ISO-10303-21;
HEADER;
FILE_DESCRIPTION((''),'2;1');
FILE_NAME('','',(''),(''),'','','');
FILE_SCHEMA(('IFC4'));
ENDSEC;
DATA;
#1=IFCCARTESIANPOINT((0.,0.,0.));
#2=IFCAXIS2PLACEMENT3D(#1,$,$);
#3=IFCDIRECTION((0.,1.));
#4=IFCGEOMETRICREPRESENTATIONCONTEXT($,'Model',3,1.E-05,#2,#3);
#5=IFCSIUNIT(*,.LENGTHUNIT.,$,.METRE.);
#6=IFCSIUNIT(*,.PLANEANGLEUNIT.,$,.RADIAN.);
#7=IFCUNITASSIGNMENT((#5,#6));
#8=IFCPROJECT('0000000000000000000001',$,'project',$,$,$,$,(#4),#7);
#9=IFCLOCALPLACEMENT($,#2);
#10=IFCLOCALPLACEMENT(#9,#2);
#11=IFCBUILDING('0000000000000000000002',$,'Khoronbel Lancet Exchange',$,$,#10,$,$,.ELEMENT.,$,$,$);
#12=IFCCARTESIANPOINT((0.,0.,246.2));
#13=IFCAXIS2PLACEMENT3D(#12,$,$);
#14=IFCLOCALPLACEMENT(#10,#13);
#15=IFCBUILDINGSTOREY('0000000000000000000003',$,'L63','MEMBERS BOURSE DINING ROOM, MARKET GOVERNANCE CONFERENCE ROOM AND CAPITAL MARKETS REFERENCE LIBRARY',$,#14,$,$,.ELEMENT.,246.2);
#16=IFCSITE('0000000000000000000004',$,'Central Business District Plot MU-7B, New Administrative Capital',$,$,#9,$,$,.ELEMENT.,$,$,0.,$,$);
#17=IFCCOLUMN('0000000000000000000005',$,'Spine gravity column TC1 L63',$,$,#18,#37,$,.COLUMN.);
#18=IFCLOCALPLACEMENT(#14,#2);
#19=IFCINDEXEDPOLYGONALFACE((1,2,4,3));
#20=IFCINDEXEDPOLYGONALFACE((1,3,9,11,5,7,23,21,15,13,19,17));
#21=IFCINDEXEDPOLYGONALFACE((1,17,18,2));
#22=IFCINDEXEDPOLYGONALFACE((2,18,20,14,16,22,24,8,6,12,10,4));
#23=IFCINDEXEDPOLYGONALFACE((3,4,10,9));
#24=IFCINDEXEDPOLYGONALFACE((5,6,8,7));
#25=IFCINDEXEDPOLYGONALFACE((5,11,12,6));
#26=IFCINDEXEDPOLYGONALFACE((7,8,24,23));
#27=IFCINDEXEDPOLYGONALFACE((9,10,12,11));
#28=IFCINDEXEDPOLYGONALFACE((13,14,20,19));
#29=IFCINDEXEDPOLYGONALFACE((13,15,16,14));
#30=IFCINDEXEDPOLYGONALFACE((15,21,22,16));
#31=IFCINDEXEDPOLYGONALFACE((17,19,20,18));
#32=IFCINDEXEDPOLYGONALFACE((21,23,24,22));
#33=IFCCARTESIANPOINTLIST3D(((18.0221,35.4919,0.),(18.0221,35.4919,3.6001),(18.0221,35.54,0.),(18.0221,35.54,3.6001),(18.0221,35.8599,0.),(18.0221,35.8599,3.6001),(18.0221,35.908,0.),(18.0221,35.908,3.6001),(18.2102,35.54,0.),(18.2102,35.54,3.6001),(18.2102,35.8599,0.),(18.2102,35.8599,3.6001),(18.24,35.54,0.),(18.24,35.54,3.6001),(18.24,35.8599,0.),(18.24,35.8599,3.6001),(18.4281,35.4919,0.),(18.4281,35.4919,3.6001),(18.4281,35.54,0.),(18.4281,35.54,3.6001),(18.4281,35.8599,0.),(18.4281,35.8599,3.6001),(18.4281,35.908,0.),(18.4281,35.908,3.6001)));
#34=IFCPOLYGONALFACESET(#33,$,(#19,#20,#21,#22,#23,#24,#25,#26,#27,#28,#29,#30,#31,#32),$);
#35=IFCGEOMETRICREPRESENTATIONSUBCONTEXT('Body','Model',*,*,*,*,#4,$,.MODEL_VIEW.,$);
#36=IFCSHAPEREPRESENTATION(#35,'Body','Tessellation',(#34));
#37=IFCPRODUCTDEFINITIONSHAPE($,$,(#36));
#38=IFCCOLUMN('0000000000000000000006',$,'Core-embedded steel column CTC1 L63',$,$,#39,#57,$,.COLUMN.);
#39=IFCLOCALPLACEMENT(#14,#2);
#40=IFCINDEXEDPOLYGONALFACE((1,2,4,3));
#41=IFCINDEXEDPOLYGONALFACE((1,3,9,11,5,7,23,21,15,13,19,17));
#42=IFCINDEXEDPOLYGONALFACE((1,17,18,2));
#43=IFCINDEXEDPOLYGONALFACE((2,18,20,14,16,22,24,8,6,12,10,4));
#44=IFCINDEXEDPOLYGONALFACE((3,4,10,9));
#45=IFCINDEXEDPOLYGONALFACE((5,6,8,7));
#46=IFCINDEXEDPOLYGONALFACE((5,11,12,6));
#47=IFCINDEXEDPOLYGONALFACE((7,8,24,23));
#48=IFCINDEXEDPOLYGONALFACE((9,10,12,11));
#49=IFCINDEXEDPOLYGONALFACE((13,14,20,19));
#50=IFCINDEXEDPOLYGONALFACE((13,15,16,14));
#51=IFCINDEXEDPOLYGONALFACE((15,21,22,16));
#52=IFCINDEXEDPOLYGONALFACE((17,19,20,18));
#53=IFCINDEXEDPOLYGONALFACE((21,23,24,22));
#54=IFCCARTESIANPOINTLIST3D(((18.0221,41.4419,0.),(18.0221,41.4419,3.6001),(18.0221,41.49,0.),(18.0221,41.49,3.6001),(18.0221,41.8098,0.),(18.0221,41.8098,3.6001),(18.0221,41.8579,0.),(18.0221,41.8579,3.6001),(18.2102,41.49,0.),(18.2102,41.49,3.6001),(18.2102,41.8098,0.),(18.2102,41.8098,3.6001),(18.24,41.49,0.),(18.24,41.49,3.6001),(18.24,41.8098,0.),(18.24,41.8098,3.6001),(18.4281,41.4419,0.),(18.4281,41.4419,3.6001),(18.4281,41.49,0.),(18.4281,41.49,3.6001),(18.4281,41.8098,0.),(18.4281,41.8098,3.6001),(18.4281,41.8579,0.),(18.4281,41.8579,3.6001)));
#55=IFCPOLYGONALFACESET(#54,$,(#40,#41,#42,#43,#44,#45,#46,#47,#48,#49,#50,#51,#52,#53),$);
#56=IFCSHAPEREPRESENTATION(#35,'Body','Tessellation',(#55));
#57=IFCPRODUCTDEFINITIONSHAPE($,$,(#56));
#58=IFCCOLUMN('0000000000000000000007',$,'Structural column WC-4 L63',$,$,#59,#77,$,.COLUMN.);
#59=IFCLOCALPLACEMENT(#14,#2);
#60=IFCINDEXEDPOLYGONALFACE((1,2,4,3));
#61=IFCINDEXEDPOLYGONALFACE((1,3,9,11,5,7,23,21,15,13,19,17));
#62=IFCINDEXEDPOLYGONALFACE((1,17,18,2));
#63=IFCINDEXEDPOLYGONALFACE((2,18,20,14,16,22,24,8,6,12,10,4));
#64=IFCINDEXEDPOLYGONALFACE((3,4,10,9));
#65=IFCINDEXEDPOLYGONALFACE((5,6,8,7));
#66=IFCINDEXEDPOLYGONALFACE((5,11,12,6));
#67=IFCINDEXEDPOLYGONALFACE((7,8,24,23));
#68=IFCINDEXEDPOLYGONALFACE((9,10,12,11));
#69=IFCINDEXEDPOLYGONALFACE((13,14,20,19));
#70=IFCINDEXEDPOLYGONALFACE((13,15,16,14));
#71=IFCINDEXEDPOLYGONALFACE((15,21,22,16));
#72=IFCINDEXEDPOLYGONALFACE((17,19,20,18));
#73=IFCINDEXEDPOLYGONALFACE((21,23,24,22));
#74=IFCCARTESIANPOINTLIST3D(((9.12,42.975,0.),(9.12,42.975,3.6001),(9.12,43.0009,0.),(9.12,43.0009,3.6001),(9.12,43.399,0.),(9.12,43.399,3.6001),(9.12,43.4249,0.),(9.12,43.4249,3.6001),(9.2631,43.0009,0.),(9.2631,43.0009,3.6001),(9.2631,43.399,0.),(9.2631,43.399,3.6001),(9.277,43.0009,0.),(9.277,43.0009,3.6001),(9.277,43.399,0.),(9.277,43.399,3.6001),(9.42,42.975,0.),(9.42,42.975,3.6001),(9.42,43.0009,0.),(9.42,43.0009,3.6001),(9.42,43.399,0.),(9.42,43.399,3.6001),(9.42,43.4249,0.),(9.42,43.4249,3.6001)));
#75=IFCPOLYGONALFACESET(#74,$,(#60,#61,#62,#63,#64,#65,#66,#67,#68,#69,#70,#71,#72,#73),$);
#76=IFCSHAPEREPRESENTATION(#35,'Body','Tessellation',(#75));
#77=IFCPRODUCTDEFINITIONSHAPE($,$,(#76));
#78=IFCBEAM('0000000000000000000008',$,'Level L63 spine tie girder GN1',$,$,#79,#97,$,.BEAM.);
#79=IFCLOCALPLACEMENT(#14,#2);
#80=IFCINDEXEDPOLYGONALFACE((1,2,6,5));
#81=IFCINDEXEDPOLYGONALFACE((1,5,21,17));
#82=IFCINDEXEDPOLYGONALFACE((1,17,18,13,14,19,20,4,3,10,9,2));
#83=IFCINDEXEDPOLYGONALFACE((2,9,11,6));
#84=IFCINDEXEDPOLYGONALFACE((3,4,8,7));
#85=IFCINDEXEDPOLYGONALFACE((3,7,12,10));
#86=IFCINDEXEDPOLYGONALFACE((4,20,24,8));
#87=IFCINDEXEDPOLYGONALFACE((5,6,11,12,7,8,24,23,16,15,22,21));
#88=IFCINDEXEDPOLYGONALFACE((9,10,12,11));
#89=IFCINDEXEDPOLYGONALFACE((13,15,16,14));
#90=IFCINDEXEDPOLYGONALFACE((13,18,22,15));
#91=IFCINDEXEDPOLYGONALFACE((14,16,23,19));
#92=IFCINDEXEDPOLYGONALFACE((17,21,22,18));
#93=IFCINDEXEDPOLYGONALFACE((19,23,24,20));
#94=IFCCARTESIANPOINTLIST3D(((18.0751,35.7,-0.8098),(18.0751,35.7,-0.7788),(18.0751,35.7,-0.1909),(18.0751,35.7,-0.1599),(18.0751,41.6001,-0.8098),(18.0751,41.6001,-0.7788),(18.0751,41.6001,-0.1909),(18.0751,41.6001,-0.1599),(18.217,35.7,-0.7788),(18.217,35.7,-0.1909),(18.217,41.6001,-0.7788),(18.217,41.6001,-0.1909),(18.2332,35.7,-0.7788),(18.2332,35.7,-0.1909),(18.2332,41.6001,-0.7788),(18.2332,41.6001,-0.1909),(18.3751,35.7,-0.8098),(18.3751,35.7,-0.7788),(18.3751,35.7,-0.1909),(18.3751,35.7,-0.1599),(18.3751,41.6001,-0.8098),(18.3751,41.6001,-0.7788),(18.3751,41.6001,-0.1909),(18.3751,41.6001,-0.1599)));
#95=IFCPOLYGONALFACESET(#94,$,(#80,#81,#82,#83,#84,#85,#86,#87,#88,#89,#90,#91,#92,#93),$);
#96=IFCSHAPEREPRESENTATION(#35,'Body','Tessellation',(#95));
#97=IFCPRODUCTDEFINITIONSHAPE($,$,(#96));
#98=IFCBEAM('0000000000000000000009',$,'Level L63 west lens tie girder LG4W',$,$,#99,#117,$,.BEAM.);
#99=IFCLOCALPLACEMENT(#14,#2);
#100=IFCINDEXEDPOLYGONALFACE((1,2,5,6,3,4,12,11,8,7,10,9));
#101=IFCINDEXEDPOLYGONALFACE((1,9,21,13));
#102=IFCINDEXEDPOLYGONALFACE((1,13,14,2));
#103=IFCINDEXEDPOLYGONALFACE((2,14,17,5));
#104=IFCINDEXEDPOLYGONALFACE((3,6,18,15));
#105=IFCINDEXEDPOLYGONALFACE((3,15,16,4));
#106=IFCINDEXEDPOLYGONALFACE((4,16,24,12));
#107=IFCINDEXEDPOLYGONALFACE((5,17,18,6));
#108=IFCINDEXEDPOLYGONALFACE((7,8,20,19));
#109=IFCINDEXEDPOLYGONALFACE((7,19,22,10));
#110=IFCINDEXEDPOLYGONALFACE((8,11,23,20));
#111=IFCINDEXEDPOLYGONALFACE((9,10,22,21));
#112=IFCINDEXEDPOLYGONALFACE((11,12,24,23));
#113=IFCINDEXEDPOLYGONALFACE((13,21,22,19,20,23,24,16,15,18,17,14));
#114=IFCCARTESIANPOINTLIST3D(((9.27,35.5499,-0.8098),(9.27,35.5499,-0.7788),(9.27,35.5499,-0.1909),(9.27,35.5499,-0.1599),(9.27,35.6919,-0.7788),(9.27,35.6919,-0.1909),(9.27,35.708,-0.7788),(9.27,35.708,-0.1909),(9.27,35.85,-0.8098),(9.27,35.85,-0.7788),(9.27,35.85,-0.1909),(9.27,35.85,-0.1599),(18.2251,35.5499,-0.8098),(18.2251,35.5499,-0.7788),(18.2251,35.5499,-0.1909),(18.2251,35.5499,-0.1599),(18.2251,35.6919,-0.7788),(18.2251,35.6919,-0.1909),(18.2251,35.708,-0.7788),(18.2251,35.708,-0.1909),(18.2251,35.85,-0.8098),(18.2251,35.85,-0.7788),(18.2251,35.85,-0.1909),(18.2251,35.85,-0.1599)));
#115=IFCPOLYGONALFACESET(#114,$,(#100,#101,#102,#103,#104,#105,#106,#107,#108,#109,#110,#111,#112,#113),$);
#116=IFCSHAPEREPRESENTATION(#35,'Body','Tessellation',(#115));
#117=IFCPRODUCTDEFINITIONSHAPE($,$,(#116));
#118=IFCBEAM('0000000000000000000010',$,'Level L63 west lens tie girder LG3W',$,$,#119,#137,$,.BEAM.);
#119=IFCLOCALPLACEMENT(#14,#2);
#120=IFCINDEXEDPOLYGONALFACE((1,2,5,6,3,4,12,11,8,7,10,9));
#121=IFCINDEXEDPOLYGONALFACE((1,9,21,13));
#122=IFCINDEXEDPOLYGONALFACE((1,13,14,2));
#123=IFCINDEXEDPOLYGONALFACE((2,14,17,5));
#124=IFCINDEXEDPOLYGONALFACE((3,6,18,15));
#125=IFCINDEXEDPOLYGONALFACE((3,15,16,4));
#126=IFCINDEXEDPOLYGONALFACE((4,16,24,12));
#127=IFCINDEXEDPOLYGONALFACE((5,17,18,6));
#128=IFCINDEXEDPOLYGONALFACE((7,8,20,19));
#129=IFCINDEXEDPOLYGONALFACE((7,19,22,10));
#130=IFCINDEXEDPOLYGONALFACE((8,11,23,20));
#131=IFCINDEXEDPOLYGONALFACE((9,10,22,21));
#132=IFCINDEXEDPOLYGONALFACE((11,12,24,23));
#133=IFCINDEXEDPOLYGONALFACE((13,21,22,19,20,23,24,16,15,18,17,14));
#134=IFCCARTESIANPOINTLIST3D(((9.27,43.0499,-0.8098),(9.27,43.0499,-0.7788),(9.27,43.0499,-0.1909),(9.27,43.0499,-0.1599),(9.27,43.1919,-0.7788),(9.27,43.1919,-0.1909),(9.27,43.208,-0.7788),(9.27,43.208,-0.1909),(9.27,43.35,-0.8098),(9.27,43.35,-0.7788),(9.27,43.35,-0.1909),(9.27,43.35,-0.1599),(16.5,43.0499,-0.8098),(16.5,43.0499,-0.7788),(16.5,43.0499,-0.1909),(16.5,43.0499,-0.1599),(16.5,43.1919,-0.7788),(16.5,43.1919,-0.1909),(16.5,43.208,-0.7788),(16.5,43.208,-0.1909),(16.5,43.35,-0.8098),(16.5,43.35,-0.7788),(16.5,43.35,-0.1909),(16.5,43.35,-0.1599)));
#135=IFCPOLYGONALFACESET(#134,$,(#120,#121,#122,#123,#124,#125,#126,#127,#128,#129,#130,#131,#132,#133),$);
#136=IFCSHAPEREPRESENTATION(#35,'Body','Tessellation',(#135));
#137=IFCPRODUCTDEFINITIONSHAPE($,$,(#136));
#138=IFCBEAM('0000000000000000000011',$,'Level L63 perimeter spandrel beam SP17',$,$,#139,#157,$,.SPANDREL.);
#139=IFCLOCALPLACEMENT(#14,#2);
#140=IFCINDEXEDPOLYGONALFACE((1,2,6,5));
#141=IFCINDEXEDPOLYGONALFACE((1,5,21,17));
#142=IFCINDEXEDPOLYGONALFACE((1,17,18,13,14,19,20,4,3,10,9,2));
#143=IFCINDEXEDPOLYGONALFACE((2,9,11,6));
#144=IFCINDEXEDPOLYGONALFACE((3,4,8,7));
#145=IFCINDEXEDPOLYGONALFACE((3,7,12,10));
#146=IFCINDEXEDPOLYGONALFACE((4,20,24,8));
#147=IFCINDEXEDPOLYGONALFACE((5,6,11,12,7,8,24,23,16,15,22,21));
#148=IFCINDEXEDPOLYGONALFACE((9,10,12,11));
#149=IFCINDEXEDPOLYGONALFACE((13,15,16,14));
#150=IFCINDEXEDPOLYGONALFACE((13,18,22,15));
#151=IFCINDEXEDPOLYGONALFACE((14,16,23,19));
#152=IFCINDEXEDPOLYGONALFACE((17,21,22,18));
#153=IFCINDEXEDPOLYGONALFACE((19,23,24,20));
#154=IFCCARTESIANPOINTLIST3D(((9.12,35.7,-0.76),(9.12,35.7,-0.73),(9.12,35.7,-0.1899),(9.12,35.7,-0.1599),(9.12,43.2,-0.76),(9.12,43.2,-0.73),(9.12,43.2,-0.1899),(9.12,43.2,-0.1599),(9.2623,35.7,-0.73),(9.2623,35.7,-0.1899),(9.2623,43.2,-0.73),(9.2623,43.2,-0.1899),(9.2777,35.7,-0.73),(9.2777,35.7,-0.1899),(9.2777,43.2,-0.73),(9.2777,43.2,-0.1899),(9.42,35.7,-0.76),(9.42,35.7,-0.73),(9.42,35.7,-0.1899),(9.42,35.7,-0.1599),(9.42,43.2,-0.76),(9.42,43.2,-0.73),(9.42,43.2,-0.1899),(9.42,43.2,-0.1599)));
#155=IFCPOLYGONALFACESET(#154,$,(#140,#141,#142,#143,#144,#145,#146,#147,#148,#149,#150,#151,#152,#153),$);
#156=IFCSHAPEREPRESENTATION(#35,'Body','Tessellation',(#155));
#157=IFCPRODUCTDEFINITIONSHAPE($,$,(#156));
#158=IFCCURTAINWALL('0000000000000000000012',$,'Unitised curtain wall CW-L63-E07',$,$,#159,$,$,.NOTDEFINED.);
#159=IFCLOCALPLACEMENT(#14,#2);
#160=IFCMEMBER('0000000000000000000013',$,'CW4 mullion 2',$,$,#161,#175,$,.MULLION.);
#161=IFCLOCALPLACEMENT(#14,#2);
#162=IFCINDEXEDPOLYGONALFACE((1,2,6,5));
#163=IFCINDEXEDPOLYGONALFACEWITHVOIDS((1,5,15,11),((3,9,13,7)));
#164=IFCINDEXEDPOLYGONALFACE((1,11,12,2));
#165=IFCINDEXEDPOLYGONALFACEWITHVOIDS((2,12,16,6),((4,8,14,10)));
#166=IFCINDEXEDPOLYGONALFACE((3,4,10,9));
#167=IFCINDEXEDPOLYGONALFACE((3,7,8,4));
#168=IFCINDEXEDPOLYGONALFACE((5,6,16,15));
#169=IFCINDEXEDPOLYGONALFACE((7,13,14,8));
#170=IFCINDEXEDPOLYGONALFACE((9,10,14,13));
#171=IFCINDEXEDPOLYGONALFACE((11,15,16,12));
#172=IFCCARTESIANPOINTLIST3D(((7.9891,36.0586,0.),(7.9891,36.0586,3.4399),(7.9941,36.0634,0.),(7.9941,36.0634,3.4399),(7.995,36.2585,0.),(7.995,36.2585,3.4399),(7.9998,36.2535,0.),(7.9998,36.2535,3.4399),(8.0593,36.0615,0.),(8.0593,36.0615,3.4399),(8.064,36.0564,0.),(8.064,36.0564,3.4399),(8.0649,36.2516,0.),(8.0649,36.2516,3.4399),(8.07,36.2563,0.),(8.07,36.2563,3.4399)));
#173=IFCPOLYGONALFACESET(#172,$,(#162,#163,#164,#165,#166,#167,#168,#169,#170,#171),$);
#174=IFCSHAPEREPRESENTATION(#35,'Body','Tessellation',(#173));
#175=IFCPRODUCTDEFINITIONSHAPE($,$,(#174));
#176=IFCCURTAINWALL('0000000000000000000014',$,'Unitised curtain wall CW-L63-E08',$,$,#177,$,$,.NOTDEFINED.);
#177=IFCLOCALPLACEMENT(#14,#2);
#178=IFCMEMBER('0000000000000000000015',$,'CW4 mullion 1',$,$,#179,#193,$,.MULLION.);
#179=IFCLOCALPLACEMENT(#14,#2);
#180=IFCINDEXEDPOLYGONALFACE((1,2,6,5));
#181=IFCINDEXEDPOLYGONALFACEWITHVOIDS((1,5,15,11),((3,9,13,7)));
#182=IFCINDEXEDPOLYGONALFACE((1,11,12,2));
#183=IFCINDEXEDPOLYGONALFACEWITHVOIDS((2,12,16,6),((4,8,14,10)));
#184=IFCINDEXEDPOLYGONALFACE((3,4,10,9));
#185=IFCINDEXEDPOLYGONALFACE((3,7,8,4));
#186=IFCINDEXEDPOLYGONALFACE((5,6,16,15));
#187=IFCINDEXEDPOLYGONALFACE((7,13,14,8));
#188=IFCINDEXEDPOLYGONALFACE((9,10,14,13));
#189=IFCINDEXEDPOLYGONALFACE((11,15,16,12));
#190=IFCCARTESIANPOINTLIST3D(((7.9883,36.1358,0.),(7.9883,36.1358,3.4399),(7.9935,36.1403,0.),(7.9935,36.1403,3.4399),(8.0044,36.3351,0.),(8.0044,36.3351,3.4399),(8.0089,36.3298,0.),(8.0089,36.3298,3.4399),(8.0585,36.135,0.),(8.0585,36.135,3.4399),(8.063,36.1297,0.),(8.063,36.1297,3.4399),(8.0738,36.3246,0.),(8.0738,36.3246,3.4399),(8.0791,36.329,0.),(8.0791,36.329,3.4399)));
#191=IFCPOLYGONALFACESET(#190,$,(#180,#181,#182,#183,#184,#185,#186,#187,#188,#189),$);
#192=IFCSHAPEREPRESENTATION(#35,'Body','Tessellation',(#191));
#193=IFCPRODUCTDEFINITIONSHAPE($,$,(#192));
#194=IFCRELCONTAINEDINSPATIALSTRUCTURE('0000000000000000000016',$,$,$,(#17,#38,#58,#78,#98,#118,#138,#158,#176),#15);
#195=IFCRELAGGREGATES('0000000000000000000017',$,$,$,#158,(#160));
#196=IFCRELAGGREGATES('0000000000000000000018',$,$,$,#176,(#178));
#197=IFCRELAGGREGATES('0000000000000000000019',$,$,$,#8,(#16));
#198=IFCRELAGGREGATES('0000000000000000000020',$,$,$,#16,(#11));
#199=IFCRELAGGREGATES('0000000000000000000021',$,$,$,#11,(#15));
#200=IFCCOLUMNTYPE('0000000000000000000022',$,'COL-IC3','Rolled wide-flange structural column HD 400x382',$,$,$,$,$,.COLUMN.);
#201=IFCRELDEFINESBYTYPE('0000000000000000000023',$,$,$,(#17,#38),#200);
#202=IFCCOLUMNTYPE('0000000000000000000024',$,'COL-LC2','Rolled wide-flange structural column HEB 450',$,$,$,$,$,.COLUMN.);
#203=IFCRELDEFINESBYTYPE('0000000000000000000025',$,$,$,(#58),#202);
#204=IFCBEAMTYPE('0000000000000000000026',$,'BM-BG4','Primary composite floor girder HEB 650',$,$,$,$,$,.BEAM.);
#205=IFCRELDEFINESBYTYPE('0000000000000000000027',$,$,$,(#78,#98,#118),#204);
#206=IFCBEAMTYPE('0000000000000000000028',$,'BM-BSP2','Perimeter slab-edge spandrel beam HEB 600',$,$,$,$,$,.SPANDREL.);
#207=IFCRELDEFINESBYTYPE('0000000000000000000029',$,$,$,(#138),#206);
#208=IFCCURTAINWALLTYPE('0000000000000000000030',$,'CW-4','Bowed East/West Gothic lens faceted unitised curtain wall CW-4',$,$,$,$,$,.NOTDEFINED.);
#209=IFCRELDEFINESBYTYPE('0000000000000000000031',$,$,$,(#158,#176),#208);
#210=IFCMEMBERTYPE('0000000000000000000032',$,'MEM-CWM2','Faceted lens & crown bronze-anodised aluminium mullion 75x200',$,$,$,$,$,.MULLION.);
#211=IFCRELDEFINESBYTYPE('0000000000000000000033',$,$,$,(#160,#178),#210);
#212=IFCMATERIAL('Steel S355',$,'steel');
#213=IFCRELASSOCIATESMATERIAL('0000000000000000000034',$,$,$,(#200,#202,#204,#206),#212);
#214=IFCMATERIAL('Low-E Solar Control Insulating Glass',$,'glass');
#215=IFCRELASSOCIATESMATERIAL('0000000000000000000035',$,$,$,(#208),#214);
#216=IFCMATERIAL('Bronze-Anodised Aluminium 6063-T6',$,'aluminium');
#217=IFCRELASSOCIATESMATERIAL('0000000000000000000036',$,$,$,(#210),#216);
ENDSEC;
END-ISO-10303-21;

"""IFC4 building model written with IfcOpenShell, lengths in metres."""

from ifc_helpers import new_model, si_unit, direction, frame, origin, origin_2d, place, context, subcontext, project, spatial, hollow_rectangle, i_section, extrude, material, material_profile, profile_set, type_object, element, aggregate, save


model = new_model("IFC4")

# Units and contexts
model_context = context("Model", 3, precision=1e-05, world=origin(), true_north=direction((0.0, 1.0)))
body_context = subcontext(model_context, "Body", "Model", "MODEL_VIEW")
ifc_project = project(units=[si_unit("LENGTHUNIT", "METRE"), si_unit("PLANEANGLEUNIT", "RADIAN")], contexts=[model_context])

# Site, building, storey
site_placement = place(None, origin())
site = spatial("IfcSite", under=ifc_project, at=site_placement, Name="Central Business District Plot MU-7B, New Administrative Capital", CompositionType="ELEMENT", RefElevation=0.0)
building_placement = place(site_placement, origin())
building = spatial("IfcBuilding", under=site, at=building_placement, Name="Khoronbel Lancet Exchange", CompositionType="ELEMENT")
storey_placement = place(building_placement, frame((0.0, 0.0, 246.2)))
storey = spatial("IfcBuildingStorey", under=building, at=storey_placement, Name="L63", Description="MEMBERS BOURSE DINING ROOM, MARKET GOVERNANCE CONFERENCE ROOM AND CAPITAL MARKETS REFERENCE LIBRARY", CompositionType="ELEMENT", Elevation=246.2)

# Columns
ifc_material_1 = material(Name="Steel S355", Category="steel")
ifc_material_profile_1 = material_profile(ifc_material_1, i_section(OverallWidth=0.406, OverallDepth=0.416, WebThickness=0.0298, FlangeThickness=0.0481, at=origin_2d()), Name="HD 400x382")
ifc_profile_set_1 = profile_set([ifc_material_profile_1], Name="Steel S355")
column_type_1 = type_object("IfcColumnType", Name="COL-IC3", Description="Rolled wide-flange structural column HD 400x382", PredefinedType="COLUMN", material=ifc_profile_set_1)
for number, where, z_axis, x_axis, name in (
    (1, (18.2251, 35.7, 0.0), (0.0, 0.0, 1.0), (1.0, 0.0, 0.0), "Spine gravity column TC1 L63"),
    (2, (18.2251, 41.6499, 0.0), (0.0, 0.0, 1.0), (1.0, 0.0, 0.0), "Core-embedded steel column CTC1 L63"),
):
    element("IfcColumn", number, at=place(storey_placement, frame(where, z_axis=z_axis, x_axis=x_axis)), inside=storey, type_object=column_type_1, Name=name, PredefinedType="COLUMN", context=body_context, shape_type="SweptSolid", body=[
        extrude(i_section(OverallWidth=0.406, OverallDepth=0.416, WebThickness=0.0298, FlangeThickness=0.0481, at=origin_2d()), origin(), (0.0, 0.0, 1.0), 3.6001),
    ])
ifc_material_profile_2 = material_profile(ifc_material_1, i_section(OverallWidth=0.3, OverallDepth=0.45, WebThickness=0.0139, FlangeThickness=0.0259, at=origin_2d()), Name="HEB 450")
ifc_profile_set_2 = profile_set([ifc_material_profile_2], Name="Steel S355")
column_type_2 = type_object("IfcColumnType", Name="COL-LC2", Description="Rolled wide-flange structural column HEB 450", PredefinedType="COLUMN", material=ifc_profile_set_2)
column_placement = place(storey_placement, frame((9.27, 43.2, 0.0), z_axis=(0.0, 0.0, 1.0), x_axis=(1.0, 0.0, 0.0)))
element("IfcColumn", 3, at=column_placement, inside=storey, type_object=column_type_2, Name="Structural column WC-4 L63", PredefinedType="COLUMN", context=body_context, shape_type="SweptSolid", body=[
    extrude(i_section(OverallWidth=0.3, OverallDepth=0.45, WebThickness=0.0139, FlangeThickness=0.0259, at=origin_2d()), origin(), (0.0, 0.0, 1.0), 3.6001),
])

# Beams
ifc_material_profile_3 = material_profile(ifc_material_1, i_section(OverallWidth=0.3, OverallDepth=0.6499, WebThickness=0.0161, FlangeThickness=0.031, at=origin_2d()), Name="HEB 650")
ifc_profile_set_3 = profile_set([ifc_material_profile_3], Name="Steel S355")
beam_type_1 = type_object("IfcBeamType", Name="BM-BG4", Description="Primary composite floor girder HEB 650", PredefinedType="BEAM", material=ifc_profile_set_3)
beam_1_placement = place(storey_placement, frame((18.2251, 35.7, -0.4849), z_axis=(0.0, 1.0, 0.0), x_axis=(-1.0, 0.0, 0.0)))
element("IfcBeam", 4, at=beam_1_placement, inside=storey, type_object=beam_type_1, Name="Level L63 spine tie girder GN1", PredefinedType="BEAM", context=body_context, shape_type="SweptSolid", body=[
    extrude(i_section(OverallWidth=0.3, OverallDepth=0.6499, WebThickness=0.0161, FlangeThickness=0.031, at=origin_2d()), origin(), (0.0, 0.0, 1.0), 5.9001),
])
beam_2_placement = place(storey_placement, frame((9.27, 35.7, -0.4849), z_axis=(1.0, 0.0, 0.0), x_axis=(0.0, 1.0, 0.0)))
element("IfcBeam", 5, at=beam_2_placement, inside=storey, type_object=beam_type_1, Name="Level L63 west lens tie girder LG4W", PredefinedType="BEAM", context=body_context, shape_type="SweptSolid", body=[
    extrude(i_section(OverallWidth=0.3, OverallDepth=0.6499, WebThickness=0.0161, FlangeThickness=0.031, at=origin_2d()), origin(), (0.0, 0.0, 1.0), 8.9551),
])
beam_3_placement = place(storey_placement, frame((9.27, 43.2, -0.4849), z_axis=(1.0, 0.0, 0.0), x_axis=(0.0, 1.0, 0.0)))
element("IfcBeam", 6, at=beam_3_placement, inside=storey, type_object=beam_type_1, Name="Level L63 west lens tie girder LG3W", PredefinedType="BEAM", context=body_context, shape_type="SweptSolid", body=[
    extrude(i_section(OverallWidth=0.3, OverallDepth=0.6499, WebThickness=0.0161, FlangeThickness=0.031, at=origin_2d()), origin(), (0.0, 0.0, 1.0), 7.23),
])
ifc_material_profile_4 = material_profile(ifc_material_1, i_section(OverallWidth=0.3, OverallDepth=0.6001, WebThickness=0.0154, FlangeThickness=0.03, at=origin_2d()), Name="HEB 600")
ifc_profile_set_4 = profile_set([ifc_material_profile_4], Name="Steel S355")
beam_type_2 = type_object("IfcBeamType", Name="BM-BSP2", Description="Perimeter slab-edge spandrel beam HEB 600", PredefinedType="SPANDREL", material=ifc_profile_set_4)
beam_4_placement = place(storey_placement, frame((9.27, 43.2, -0.46), z_axis=(0.0, -1.0, 0.0), x_axis=(1.0, 0.0, 0.0)))
element("IfcBeam", 7, at=beam_4_placement, inside=storey, type_object=beam_type_2, Name="Level L63 perimeter spandrel beam SP17", PredefinedType="SPANDREL", context=body_context, shape_type="SweptSolid", body=[
    extrude(i_section(OverallWidth=0.3, OverallDepth=0.6001, WebThickness=0.0154, FlangeThickness=0.03, at=origin_2d()), origin(), (0.0, 0.0, 1.0), 7.5),
])

# Curtain wall, member
ifc_material_2 = material(Name="Low-E Solar Control Insulating Glass", Category="glass")
curtain_wall_type = type_object("IfcCurtainWallType", Name="CW-4", Description="Bowed East/West Gothic lens faceted unitised curtain wall CW-4", PredefinedType="NOTDEFINED", material=ifc_material_2)
curtain_wall_1_placement = place(storey_placement, origin())
curtain_wall_1 = element("IfcCurtainWall", 8, at=curtain_wall_1_placement, inside=storey, type_object=curtain_wall_type, Name="Unitised curtain wall CW-L63-E07", PredefinedType="NOTDEFINED")
ifc_material_3 = material(Name="Bronze-Anodised Aluminium 6063-T6", Category="aluminium")
ifc_material_profile_5 = material_profile(ifc_material_3, hollow_rectangle(XDim=0.075, YDim=0.2, WallThickness=0.0049, at=origin_2d()), Name="ALU MULLION 75x200")
ifc_profile_set_5 = profile_set([ifc_material_profile_5], Name="Bronze-Anodised Aluminium 6063-T6")
member_type_1 = type_object("IfcMemberType", Name="MEM-CWM2", Description="Faceted lens & crown bronze-anodised aluminium mullion 75x200", PredefinedType="MULLION", material=ifc_profile_set_5)
member_1_placement = place(storey_placement, frame((8.0295, 36.1575, 0.0), z_axis=(0.0, 0.0, 1.0), x_axis=(-0.999561, 0.029618, 0.0)))
member_1 = element("IfcMember", 9, at=member_1_placement, type_object=member_type_1, Name="CW4 mullion 2", PredefinedType="MULLION", context=body_context, shape_type="SweptSolid", body=[
    extrude(hollow_rectangle(XDim=0.075, YDim=0.2, WallThickness=0.0049, at=origin_2d()), origin(), (0.0, 0.0, 1.0), 3.4399),
])
aggregate(curtain_wall_1, [member_1])

# Curtain wall, member
curtain_wall_2_placement = place(storey_placement, origin())
curtain_wall_2 = element("IfcCurtainWall", 10, at=curtain_wall_2_placement, inside=storey, type_object=curtain_wall_type, Name="Unitised curtain wall CW-L63-E08", PredefinedType="NOTDEFINED")
member_2_placement = place(storey_placement, frame((8.0337, 36.2324, 0.0), z_axis=(0.0, 0.0, 1.0), x_axis=(-0.996743, 0.08064, 0.0)))
member_2 = element("IfcMember", 11, at=member_2_placement, type_object=member_type_1, Name="CW4 mullion 1", PredefinedType="MULLION", context=body_context, shape_type="SweptSolid", body=[
    extrude(hollow_rectangle(XDim=0.075, YDim=0.2, WallThickness=0.0049, at=origin_2d()), origin(), (0.0, 0.0, 1.0), 3.4399),
])

aggregate(curtain_wall_2, [member_2])

save(model, "model.ifc")
